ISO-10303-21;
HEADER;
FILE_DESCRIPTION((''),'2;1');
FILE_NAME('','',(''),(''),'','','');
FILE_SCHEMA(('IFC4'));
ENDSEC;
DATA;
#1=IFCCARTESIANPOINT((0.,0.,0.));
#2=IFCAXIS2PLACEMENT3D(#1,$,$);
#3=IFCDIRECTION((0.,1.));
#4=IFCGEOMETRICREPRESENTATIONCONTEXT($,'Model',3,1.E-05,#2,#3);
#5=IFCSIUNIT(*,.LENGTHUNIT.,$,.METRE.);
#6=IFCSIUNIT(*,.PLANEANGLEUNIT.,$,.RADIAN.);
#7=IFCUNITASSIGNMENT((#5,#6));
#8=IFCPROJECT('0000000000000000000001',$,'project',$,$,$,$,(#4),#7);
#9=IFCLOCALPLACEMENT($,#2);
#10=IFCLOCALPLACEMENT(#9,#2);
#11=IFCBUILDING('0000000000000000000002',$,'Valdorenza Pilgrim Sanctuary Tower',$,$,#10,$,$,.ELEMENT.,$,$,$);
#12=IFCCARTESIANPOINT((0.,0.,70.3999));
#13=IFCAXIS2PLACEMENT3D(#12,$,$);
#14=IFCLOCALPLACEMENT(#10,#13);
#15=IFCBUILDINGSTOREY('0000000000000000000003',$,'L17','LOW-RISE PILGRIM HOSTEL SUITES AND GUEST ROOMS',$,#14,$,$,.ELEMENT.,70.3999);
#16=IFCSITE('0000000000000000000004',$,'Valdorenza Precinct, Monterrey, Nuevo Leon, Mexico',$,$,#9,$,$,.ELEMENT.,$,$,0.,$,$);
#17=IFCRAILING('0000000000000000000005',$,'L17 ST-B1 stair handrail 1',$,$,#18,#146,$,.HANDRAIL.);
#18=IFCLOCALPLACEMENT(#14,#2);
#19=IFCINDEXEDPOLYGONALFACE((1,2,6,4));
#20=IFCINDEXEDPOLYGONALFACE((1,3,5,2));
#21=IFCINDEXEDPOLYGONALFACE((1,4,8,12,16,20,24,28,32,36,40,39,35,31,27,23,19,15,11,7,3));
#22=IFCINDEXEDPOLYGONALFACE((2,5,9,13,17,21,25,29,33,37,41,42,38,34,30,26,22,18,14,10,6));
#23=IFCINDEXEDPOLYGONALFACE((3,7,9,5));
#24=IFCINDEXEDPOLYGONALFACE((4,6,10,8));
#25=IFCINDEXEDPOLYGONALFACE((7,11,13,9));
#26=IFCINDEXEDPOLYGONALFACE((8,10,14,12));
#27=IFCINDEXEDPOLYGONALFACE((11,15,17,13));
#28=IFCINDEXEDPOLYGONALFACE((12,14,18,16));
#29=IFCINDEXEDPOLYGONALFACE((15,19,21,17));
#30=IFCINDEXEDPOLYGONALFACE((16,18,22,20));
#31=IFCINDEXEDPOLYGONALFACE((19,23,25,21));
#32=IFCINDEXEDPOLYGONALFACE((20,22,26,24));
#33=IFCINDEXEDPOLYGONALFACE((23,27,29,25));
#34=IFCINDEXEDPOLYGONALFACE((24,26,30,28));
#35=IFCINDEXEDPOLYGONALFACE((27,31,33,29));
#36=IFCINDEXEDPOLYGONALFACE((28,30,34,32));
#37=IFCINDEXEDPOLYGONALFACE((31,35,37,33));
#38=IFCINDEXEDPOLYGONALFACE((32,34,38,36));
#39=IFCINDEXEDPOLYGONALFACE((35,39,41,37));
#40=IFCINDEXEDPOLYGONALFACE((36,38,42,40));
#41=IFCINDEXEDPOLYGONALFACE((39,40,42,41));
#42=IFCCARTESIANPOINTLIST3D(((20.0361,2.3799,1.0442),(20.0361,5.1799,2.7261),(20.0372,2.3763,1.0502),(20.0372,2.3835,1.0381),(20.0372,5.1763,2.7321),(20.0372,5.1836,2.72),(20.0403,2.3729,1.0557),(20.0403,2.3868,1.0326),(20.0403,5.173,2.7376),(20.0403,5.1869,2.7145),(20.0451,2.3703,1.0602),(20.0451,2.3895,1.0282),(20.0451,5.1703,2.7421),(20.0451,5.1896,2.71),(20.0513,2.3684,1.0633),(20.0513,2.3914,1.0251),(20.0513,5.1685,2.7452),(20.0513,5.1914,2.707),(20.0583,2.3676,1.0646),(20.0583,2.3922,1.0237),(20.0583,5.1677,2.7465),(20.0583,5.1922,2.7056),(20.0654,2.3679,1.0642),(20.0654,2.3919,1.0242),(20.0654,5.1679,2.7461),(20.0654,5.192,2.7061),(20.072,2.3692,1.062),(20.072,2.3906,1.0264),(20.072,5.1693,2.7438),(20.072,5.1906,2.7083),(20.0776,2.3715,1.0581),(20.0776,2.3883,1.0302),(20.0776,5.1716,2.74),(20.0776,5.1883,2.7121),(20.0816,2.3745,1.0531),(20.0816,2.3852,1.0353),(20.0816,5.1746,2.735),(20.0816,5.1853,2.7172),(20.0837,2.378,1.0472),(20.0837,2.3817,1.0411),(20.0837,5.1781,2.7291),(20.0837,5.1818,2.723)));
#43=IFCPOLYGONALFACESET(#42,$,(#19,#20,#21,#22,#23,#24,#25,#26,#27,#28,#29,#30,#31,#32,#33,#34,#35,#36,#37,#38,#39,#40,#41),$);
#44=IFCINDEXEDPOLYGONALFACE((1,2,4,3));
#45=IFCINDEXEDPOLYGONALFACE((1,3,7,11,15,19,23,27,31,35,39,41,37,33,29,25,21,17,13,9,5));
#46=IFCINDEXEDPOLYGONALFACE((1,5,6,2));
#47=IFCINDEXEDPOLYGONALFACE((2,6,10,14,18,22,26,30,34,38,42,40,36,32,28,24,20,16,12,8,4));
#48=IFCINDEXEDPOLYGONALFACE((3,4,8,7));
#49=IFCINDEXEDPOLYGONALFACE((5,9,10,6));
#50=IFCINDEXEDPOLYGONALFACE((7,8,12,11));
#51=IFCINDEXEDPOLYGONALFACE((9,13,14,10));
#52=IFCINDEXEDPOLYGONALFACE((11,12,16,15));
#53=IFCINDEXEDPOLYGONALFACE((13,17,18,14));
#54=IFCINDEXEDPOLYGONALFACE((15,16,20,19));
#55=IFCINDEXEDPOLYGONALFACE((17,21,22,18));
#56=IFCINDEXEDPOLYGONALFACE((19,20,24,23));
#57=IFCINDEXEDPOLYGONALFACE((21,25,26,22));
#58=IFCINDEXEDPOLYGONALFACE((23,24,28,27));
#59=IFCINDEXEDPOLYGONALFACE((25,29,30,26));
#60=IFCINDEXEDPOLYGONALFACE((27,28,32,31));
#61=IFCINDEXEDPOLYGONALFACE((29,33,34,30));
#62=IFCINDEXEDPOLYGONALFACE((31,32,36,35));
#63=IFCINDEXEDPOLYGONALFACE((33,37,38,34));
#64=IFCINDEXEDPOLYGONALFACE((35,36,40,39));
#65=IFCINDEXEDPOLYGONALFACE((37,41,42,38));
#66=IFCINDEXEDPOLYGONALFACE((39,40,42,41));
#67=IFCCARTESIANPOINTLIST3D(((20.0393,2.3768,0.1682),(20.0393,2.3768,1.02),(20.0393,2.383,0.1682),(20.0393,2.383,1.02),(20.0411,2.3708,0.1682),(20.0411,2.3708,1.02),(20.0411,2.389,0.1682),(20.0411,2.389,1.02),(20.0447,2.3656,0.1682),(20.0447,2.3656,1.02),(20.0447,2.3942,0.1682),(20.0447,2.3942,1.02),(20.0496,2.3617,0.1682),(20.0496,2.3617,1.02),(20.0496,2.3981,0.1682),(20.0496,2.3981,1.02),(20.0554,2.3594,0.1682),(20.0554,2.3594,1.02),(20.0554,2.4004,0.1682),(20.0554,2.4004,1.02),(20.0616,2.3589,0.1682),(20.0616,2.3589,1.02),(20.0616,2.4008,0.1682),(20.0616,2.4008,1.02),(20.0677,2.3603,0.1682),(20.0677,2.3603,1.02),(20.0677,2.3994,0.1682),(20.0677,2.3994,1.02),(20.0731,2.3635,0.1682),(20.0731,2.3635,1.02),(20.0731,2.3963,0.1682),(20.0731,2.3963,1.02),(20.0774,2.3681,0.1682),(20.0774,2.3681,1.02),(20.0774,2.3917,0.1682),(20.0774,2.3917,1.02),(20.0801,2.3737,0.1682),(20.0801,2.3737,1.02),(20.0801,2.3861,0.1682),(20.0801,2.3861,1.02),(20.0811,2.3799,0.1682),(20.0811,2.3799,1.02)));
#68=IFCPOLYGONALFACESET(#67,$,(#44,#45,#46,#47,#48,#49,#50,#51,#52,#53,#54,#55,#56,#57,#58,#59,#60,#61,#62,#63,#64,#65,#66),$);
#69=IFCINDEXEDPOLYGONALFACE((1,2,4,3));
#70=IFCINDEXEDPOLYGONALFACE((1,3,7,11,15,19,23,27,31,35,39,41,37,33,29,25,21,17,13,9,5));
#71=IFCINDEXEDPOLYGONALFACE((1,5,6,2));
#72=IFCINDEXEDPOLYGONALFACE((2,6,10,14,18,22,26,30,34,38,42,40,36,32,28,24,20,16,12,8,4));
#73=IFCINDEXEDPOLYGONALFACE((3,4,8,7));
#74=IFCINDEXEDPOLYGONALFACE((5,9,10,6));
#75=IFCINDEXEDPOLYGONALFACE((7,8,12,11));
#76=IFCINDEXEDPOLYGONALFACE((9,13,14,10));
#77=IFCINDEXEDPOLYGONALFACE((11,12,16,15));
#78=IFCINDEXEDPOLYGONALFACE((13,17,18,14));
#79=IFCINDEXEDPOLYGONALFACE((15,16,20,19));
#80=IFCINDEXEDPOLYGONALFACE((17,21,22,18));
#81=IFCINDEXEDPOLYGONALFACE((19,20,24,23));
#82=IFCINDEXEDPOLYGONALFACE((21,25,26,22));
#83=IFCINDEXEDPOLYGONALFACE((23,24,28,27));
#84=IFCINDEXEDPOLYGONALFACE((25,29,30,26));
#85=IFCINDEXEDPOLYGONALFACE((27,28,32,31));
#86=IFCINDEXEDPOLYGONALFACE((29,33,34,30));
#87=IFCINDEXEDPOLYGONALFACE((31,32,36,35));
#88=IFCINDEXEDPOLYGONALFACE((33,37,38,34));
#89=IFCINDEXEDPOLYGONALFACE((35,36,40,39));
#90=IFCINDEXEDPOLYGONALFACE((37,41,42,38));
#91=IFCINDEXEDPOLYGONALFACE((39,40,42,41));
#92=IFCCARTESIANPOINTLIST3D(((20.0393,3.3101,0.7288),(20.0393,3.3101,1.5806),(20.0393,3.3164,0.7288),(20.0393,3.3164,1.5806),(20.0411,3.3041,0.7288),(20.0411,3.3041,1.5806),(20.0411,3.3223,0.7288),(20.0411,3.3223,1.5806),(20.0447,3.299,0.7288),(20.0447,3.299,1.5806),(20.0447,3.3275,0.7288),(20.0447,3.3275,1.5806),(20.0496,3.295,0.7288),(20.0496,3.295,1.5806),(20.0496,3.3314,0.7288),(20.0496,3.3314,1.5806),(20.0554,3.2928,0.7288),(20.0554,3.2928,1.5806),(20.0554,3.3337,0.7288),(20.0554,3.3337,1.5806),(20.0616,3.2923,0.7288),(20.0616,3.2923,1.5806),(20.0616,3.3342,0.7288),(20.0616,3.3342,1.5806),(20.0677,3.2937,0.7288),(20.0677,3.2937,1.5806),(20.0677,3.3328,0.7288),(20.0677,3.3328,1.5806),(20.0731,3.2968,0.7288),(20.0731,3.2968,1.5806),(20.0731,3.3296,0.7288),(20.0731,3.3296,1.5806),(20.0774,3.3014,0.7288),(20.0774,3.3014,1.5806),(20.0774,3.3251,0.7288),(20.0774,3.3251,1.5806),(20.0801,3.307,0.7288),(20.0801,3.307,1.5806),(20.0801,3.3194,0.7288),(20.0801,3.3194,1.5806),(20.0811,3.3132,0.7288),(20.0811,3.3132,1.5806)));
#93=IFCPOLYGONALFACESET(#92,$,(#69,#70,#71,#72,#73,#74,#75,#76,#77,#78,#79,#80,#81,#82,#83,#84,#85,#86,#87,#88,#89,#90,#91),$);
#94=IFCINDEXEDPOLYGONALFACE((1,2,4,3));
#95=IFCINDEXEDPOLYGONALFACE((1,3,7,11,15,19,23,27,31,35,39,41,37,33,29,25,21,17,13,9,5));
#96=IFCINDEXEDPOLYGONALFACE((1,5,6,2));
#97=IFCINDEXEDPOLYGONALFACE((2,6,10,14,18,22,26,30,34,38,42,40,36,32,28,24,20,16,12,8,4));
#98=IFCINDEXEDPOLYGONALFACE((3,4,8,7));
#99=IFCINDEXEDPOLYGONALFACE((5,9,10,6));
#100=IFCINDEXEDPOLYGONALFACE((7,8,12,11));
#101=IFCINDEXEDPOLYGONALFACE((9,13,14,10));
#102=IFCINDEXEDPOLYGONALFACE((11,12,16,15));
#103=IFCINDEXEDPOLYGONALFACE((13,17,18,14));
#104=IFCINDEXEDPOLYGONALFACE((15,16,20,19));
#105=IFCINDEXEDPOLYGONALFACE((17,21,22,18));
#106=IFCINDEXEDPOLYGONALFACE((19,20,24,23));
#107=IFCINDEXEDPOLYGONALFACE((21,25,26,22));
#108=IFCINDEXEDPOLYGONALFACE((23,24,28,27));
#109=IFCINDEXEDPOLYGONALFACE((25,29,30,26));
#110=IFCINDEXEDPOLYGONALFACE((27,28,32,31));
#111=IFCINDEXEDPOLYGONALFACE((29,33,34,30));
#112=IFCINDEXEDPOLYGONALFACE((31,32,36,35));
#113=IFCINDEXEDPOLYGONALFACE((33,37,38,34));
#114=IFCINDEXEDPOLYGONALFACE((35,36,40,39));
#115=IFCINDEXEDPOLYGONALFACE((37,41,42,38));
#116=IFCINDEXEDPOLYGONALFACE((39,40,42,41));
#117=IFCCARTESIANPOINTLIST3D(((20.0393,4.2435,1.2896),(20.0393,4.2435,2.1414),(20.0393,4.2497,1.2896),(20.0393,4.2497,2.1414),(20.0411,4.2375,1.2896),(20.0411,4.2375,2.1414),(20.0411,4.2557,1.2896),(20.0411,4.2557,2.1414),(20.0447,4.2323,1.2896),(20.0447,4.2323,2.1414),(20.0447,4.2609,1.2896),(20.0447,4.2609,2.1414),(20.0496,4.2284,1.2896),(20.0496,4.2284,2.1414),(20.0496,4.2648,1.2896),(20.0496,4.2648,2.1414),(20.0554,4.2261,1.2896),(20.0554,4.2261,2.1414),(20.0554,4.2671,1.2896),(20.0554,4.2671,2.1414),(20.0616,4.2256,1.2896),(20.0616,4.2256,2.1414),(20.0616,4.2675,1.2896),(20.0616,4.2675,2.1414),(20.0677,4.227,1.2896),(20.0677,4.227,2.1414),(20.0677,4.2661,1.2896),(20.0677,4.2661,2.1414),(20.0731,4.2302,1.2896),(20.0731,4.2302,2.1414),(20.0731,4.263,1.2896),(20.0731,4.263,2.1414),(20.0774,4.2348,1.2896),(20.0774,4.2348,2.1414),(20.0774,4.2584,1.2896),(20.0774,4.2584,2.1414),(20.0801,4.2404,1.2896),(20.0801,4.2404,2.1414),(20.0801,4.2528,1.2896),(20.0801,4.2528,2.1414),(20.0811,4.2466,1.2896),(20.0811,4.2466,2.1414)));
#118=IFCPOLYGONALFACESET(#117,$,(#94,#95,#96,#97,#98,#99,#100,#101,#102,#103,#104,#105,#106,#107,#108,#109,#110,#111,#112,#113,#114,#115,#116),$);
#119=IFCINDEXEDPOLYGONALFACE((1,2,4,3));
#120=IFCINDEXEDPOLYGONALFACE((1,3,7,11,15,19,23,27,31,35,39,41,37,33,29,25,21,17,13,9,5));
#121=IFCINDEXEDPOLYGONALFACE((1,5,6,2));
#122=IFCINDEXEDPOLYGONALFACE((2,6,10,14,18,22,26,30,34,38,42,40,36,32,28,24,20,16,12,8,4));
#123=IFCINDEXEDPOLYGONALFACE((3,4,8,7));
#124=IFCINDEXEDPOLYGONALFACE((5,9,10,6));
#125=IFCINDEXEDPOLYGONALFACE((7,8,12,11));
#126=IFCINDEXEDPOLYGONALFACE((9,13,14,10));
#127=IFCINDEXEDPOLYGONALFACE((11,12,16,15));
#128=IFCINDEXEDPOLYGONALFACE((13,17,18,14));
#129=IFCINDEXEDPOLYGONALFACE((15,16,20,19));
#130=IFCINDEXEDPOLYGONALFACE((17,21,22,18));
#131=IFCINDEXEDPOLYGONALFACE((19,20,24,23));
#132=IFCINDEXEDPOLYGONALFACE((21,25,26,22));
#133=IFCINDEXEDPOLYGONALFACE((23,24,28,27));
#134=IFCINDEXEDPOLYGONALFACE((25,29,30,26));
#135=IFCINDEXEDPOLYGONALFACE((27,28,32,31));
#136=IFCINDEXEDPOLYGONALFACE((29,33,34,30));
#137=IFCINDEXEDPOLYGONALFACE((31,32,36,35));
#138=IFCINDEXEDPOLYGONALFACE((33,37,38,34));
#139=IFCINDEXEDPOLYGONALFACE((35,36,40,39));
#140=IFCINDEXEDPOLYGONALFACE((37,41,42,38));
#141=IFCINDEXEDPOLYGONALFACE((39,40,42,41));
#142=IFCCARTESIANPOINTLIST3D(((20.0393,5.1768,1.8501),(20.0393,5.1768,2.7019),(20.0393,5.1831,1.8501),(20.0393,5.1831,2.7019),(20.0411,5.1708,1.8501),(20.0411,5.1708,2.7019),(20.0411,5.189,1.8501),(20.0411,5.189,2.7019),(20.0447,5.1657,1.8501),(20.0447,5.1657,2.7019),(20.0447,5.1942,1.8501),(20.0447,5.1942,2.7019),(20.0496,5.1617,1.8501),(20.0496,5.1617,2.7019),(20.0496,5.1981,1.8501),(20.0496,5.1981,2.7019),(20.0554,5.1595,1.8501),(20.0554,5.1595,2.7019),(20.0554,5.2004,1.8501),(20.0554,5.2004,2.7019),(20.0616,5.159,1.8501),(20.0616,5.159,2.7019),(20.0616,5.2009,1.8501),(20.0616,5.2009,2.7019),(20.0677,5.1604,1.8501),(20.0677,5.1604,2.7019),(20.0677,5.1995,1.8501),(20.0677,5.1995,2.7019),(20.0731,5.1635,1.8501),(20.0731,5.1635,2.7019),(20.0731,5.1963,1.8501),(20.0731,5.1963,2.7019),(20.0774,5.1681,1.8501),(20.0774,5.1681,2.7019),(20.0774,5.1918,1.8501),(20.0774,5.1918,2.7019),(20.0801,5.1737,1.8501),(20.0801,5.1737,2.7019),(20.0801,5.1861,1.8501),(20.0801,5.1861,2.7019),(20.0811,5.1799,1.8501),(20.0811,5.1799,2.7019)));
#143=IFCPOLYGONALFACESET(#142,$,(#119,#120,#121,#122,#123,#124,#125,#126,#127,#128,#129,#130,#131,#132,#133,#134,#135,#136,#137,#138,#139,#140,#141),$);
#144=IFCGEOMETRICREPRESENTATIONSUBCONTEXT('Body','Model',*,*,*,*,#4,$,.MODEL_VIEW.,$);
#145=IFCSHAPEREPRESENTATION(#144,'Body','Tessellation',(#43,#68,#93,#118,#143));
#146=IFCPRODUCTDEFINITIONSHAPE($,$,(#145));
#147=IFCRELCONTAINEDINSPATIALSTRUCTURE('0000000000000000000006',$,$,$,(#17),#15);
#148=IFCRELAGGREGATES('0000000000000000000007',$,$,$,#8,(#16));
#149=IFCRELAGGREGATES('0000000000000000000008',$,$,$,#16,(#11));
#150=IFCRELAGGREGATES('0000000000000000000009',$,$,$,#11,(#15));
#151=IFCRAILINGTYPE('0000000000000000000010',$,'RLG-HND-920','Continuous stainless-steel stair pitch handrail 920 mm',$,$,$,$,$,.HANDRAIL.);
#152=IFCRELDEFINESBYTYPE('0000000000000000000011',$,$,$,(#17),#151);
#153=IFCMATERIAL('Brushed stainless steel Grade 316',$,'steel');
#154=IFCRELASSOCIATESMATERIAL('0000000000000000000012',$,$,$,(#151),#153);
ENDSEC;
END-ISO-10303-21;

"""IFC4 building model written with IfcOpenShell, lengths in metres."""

from ifc_helpers import new_model, si_unit, direction, frame, origin, origin_2d, place, context, subcontext, project, spatial, circle, extrude, material, type_object, element, save


model = new_model("IFC4")

# Units and contexts
model_context = context("Model", 3, precision=1e-05, world=origin(), true_north=direction((0.0, 1.0)))
body_context = subcontext(model_context, "Body", "Model", "MODEL_VIEW")
ifc_project = project(units=[si_unit("LENGTHUNIT", "METRE"), si_unit("PLANEANGLEUNIT", "RADIAN")], contexts=[model_context])

# Site, building, storey
site_placement = place(None, origin())
site = spatial("IfcSite", under=ifc_project, at=site_placement, Name="Valdorenza Precinct, Monterrey, Nuevo Leon, Mexico", CompositionType="ELEMENT", RefElevation=0.0)
building_placement = place(site_placement, origin())
building = spatial("IfcBuilding", under=site, at=building_placement, Name="Valdorenza Pilgrim Sanctuary Tower", CompositionType="ELEMENT")
storey_placement = place(building_placement, frame((0.0, 0.0, 70.3999)))
storey = spatial("IfcBuildingStorey", under=building, at=storey_placement, Name="L17", Description="LOW-RISE PILGRIM HOSTEL SUITES AND GUEST ROOMS", CompositionType="ELEMENT", Elevation=70.3999)

# Railing
ifc_material_1 = material(Name="Brushed stainless steel Grade 316", Category="steel")
railing_type_1 = type_object("IfcRailingType", Name="RLG-HND-920", Description="Continuous stainless-steel stair pitch handrail 920 mm", PredefinedType="HANDRAIL", material=ifc_material_1)
railing_1_placement = place(storey_placement, frame((20.0601, 2.3799, 0.1682)))
element("IfcRailing", 1, at=railing_1_placement, inside=storey, type_object=railing_type_1, Name="L17 ST-B1 stair handrail 1", PredefinedType="HANDRAIL", context=body_context, shape_type="SweptSolid", body=[
    extrude(circle(Radius=0.0239, at=origin_2d()), frame((0.0, 0.0, 0.876), z_axis=(0.0, 0.857242, 0.514913), x_axis=(-1.0, 0.0, 0.0)), (0.0, 0.0, 1.0), 3.2664),
    extrude(circle(Radius=0.021, at=origin_2d()), origin(), (0.0, 0.0, 1.0), 0.8518),
    extrude(circle(Radius=0.021, at=origin_2d()), frame((0.0, 0.9333, 0.5605)), (0.0, 0.0, 1.0), 0.8518),
    extrude(circle(Radius=0.021, at=origin_2d()), frame((0.0, 1.8667, 1.1213)), (0.0, 0.0, 1.0), 0.8518),
    extrude(circle(Radius=0.021, at=origin_2d()), frame((0.0, 2.8, 1.6819)), (0.0, 0.0, 1.0), 0.8518),
])

save(model, "model.ifc")
